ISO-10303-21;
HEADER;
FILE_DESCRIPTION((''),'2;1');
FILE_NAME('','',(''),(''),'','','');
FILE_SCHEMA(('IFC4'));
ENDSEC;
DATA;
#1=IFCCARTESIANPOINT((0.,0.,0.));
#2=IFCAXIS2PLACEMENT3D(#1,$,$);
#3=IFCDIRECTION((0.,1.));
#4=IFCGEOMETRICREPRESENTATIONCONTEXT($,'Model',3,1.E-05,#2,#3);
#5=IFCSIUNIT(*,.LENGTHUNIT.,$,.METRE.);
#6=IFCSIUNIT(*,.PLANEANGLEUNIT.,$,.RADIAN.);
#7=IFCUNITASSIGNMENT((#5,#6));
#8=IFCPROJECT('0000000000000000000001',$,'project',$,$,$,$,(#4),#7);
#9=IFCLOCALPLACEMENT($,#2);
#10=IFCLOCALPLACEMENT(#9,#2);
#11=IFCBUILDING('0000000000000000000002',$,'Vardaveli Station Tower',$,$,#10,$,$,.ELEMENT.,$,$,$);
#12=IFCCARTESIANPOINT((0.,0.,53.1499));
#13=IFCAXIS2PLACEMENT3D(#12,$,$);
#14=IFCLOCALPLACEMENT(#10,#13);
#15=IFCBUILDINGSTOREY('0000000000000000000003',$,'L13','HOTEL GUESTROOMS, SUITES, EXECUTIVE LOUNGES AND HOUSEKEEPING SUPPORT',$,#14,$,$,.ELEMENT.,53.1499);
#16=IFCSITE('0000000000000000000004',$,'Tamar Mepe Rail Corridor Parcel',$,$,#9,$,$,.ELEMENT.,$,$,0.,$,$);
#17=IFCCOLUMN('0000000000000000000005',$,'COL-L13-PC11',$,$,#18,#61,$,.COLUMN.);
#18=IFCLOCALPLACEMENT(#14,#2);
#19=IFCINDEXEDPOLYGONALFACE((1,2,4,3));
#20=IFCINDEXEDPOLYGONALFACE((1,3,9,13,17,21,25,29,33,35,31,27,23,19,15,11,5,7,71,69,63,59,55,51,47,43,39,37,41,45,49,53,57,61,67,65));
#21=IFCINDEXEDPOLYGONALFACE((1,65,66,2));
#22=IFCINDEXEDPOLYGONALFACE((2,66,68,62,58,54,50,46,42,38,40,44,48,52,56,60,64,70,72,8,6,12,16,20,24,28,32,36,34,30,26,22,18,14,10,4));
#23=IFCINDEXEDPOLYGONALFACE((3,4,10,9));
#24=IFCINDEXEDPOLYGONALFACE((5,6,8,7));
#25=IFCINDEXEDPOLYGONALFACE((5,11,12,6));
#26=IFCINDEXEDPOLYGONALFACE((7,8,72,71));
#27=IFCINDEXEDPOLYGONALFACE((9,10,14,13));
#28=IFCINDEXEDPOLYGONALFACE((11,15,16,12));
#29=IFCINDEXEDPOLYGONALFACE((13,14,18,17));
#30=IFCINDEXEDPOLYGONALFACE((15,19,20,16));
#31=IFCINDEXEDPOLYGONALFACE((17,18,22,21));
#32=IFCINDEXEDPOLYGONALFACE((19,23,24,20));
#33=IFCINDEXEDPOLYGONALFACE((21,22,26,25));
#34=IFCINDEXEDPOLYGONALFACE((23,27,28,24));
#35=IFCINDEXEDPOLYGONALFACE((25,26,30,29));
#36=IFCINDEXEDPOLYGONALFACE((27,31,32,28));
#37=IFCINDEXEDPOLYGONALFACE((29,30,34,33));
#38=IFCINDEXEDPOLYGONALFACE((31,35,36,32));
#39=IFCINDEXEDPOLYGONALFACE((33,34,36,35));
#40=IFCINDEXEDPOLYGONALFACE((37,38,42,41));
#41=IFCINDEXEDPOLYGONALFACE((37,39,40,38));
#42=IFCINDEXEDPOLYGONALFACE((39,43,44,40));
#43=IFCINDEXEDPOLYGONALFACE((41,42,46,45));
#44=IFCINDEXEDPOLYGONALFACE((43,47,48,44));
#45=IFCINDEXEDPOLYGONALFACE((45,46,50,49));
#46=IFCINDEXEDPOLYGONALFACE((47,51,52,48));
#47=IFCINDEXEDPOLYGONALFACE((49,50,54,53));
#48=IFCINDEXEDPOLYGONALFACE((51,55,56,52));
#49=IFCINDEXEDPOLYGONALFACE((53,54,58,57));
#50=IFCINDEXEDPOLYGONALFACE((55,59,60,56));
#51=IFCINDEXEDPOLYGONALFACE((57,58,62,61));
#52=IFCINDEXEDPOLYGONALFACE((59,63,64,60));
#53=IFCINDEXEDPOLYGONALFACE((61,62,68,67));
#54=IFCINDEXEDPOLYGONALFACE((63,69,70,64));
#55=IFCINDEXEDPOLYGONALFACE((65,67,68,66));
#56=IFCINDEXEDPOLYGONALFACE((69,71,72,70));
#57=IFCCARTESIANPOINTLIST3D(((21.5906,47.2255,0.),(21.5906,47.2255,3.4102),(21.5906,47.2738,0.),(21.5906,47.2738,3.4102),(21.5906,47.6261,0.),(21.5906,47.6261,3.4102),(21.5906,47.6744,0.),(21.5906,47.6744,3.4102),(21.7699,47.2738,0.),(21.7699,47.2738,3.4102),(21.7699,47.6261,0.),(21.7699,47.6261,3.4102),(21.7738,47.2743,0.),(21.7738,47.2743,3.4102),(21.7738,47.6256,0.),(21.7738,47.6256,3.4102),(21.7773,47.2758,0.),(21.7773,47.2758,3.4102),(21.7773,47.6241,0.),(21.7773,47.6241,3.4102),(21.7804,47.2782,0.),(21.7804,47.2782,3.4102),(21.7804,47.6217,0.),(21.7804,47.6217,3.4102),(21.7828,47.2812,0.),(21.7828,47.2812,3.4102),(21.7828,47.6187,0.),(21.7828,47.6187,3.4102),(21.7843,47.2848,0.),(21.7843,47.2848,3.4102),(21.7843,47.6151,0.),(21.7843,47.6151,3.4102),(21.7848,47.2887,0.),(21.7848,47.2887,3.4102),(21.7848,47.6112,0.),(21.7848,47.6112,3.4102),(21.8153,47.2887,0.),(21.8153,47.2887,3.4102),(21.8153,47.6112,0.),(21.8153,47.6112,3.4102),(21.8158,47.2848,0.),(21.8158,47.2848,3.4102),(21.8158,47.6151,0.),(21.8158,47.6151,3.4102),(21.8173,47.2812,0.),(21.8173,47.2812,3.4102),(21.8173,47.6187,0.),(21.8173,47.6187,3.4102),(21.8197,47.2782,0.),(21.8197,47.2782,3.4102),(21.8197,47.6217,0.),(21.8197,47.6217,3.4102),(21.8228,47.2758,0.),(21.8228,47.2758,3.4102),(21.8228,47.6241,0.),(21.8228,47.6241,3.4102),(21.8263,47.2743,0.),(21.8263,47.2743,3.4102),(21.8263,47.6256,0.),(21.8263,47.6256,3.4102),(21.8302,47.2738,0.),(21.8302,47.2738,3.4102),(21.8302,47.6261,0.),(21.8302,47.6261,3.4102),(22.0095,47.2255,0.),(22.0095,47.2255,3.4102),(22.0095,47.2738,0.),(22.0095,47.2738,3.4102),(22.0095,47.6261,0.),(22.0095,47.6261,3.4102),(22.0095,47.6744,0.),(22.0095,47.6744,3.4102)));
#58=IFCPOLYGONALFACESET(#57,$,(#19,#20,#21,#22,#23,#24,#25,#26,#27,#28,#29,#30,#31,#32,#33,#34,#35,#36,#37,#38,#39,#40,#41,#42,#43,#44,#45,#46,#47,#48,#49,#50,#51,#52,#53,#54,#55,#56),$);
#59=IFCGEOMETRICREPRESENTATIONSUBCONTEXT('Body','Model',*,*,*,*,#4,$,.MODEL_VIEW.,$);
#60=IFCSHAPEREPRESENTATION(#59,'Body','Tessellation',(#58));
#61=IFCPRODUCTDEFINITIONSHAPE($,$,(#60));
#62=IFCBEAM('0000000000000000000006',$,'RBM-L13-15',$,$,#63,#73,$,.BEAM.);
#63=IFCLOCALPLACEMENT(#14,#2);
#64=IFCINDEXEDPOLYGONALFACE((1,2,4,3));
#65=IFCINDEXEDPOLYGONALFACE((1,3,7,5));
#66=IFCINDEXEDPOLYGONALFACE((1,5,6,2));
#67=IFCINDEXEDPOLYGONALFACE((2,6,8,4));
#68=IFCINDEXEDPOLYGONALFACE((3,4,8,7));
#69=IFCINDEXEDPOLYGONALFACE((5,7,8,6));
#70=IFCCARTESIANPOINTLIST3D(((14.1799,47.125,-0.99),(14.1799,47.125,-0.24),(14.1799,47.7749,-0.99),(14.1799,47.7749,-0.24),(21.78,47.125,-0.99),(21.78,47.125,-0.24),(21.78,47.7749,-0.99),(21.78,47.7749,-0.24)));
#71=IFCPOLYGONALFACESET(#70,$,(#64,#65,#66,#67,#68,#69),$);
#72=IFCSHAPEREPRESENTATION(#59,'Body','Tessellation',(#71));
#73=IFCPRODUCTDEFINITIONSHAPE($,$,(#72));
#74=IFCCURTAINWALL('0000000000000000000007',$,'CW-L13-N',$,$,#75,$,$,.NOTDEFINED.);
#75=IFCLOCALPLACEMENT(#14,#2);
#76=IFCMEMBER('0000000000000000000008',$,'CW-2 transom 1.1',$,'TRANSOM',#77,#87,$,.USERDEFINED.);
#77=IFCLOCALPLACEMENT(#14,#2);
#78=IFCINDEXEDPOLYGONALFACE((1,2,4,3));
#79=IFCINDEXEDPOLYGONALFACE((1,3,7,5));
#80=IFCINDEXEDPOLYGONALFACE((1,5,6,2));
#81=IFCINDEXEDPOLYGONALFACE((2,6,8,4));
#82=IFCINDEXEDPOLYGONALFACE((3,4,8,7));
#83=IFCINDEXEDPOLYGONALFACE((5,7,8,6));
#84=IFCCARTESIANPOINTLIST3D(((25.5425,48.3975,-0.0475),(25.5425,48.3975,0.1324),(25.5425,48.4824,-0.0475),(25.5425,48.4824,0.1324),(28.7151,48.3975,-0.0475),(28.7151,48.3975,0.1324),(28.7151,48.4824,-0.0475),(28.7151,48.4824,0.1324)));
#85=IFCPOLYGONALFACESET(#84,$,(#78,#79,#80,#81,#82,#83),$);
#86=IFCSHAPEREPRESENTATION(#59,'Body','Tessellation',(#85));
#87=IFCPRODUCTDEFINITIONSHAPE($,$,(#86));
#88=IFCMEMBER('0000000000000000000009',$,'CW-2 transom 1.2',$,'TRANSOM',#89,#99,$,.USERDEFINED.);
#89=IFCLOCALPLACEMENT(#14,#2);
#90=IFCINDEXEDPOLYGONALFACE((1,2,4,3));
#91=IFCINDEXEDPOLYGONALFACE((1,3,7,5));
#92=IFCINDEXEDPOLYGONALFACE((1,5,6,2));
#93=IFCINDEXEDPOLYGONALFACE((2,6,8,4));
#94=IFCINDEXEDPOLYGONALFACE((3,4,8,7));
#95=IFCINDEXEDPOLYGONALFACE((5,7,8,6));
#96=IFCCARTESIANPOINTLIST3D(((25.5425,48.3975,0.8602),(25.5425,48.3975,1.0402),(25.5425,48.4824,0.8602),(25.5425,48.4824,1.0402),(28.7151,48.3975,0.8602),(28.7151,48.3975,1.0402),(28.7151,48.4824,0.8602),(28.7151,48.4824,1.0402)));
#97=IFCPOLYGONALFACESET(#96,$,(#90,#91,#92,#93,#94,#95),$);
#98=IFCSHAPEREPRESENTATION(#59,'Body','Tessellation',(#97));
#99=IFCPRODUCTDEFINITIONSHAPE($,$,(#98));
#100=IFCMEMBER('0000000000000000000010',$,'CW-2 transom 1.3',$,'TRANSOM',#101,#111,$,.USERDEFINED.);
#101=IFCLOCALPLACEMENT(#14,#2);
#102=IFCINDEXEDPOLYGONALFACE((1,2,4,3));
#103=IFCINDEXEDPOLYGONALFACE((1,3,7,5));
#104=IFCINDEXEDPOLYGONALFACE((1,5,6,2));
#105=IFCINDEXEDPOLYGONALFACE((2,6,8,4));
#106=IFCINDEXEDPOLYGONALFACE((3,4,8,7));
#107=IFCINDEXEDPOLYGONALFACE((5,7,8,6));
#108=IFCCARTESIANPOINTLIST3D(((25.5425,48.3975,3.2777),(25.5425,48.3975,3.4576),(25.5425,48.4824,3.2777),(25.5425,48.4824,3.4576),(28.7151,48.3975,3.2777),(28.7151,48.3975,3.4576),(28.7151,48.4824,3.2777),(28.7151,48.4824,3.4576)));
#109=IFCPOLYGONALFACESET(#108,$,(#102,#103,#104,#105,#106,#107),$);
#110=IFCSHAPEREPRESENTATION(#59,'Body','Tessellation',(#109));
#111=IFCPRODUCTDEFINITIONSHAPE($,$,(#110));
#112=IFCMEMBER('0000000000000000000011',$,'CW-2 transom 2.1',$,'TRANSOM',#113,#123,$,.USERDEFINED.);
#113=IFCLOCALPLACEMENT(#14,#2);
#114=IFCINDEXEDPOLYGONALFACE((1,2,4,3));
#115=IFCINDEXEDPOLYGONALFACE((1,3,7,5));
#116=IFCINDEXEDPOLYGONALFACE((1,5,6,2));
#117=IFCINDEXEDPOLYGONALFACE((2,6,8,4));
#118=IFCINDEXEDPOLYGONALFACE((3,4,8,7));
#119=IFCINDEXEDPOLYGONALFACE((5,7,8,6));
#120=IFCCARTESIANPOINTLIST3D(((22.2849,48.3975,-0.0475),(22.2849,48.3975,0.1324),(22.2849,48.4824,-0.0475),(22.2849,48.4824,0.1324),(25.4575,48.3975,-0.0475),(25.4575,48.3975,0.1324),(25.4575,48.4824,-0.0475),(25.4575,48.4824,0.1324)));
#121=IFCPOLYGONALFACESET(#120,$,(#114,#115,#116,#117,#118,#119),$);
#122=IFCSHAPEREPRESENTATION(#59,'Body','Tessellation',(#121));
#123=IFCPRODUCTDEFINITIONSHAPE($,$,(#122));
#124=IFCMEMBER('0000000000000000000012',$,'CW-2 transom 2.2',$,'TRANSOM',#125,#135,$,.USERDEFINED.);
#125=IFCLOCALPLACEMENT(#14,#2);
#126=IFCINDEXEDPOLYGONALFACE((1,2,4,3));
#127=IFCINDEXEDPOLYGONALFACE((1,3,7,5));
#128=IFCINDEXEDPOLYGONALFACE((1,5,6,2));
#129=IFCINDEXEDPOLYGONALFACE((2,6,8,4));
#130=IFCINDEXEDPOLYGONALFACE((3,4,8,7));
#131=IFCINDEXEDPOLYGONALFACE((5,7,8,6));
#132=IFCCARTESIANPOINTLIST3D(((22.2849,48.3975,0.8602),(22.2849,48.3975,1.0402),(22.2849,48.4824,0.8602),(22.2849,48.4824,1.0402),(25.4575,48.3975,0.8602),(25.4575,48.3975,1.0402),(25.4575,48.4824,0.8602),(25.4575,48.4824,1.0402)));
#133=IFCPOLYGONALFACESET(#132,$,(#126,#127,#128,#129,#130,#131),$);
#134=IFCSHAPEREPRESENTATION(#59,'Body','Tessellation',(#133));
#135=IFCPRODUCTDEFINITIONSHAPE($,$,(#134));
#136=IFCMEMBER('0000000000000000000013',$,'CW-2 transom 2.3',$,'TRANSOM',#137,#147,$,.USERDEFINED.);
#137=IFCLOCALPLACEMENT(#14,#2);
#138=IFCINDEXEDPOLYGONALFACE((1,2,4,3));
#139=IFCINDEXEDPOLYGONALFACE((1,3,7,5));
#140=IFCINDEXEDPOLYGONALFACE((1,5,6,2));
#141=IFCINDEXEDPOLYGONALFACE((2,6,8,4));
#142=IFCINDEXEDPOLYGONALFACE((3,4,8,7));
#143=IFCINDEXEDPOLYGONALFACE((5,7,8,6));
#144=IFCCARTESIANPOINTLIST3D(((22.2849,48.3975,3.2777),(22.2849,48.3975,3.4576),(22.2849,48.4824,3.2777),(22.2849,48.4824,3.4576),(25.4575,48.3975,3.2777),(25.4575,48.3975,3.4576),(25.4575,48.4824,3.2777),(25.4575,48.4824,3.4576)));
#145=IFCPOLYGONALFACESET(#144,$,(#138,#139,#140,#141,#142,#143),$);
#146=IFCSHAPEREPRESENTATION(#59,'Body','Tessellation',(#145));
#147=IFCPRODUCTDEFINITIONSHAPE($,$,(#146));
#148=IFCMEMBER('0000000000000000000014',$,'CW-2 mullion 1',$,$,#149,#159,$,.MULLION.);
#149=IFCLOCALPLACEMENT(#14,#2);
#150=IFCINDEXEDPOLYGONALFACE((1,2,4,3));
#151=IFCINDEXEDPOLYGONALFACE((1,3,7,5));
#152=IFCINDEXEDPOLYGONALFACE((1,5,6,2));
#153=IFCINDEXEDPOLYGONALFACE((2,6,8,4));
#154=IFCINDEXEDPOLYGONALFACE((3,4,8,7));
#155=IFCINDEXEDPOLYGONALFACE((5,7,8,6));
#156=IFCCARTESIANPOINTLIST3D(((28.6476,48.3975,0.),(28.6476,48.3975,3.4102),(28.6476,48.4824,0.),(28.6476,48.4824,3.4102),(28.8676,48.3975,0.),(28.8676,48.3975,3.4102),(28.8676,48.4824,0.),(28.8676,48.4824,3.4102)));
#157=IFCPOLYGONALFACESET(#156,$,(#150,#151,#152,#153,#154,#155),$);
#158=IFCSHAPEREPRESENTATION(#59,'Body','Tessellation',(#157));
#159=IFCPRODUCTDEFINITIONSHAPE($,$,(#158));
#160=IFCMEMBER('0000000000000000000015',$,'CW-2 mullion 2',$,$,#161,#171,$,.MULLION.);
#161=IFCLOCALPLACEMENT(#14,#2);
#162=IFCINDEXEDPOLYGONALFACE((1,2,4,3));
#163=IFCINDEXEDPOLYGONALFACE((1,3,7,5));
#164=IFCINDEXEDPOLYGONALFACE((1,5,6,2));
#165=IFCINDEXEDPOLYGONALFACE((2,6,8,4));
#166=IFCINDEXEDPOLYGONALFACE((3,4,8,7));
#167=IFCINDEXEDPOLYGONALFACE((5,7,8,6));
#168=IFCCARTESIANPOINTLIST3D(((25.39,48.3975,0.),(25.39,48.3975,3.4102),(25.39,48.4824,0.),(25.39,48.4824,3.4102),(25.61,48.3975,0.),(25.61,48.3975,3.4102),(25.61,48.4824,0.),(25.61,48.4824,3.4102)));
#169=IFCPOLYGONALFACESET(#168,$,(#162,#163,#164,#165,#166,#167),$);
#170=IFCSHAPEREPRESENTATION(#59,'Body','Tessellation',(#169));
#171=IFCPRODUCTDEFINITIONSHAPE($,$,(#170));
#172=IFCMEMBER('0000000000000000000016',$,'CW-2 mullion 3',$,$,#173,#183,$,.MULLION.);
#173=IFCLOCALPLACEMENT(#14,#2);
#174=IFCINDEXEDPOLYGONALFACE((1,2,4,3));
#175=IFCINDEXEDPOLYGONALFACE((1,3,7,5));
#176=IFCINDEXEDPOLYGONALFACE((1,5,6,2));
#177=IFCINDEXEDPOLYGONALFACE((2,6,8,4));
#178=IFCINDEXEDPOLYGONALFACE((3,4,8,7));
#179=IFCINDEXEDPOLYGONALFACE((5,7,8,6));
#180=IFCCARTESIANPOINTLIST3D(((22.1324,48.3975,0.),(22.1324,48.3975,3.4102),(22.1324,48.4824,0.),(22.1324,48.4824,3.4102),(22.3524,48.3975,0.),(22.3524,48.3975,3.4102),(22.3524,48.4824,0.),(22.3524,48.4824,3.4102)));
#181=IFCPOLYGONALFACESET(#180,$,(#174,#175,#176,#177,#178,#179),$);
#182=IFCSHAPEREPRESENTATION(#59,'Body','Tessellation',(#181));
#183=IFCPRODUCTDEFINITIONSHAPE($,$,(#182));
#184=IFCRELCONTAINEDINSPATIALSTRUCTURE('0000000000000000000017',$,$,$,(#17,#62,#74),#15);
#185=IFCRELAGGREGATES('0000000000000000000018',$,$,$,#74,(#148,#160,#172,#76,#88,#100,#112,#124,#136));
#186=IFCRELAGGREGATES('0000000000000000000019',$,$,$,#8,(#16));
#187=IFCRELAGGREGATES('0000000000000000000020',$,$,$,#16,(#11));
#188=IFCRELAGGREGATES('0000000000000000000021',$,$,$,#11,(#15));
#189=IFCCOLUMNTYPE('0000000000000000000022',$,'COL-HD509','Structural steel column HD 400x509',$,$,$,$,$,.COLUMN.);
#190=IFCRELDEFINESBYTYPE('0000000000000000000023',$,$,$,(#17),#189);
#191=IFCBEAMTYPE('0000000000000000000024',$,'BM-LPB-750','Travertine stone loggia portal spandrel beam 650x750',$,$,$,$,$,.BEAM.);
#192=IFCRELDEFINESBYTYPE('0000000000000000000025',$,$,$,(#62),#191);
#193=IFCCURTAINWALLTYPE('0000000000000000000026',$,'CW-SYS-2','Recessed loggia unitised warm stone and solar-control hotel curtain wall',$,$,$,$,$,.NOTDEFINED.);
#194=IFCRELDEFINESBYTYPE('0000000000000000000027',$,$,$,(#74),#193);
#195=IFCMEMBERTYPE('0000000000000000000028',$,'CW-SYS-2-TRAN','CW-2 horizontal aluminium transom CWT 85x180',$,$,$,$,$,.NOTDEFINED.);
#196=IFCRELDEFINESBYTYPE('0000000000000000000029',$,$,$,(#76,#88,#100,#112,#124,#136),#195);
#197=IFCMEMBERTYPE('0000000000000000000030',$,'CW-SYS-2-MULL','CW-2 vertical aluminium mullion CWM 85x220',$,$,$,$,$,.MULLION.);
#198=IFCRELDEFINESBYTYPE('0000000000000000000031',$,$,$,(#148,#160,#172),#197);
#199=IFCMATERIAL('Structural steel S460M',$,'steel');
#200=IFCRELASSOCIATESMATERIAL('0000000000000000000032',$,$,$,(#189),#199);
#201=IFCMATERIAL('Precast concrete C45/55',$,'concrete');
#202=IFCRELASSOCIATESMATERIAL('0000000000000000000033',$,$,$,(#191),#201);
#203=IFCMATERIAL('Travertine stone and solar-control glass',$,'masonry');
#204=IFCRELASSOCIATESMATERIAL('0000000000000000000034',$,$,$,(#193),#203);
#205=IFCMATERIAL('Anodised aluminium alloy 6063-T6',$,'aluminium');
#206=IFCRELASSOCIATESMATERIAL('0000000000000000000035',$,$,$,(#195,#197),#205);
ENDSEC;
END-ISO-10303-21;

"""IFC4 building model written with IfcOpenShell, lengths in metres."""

from ifc_helpers import new_model, si_unit, direction, frame, origin, origin_2d, place, context, subcontext, project, spatial, rectangle, i_section, extrude, source, transform, mapped, material, material_profile, profile_set, type_object, element, aggregate, save


model = new_model("IFC4")

# Units and contexts
model_context = context("Model", 3, precision=1e-05, world=origin(), true_north=direction((0.0, 1.0)))
body_context = subcontext(model_context, "Body", "Model", "MODEL_VIEW")
ifc_project = project(units=[si_unit("LENGTHUNIT", "METRE"), si_unit("PLANEANGLEUNIT", "RADIAN")], contexts=[model_context])

# Site, building, storey
site_placement = place(None, origin())
site = spatial("IfcSite", under=ifc_project, at=site_placement, Name="Tamar Mepe Rail Corridor Parcel", CompositionType="ELEMENT", RefElevation=0.0)
building_placement = place(site_placement, origin())
building = spatial("IfcBuilding", under=site, at=building_placement, Name="Vardaveli Station Tower", CompositionType="ELEMENT")
storey_placement = place(building_placement, frame((0.0, 0.0, 53.1499)))
storey = spatial("IfcBuildingStorey", under=building, at=storey_placement, Name="L13", Description="HOTEL GUESTROOMS, SUITES, EXECUTIVE LOUNGES AND HOUSEKEEPING SUPPORT", CompositionType="ELEMENT", Elevation=53.1499)

# Column
ifc_material_1 = material(Name="Structural steel S460M", Category="steel")
ifc_material_profile_1 = material_profile(ifc_material_1, i_section(OverallWidth=0.4189, OverallDepth=0.449, WebThickness=0.0305, FlangeThickness=0.0483, FilletRadius=0.0149, at=origin_2d()), Name="HD 400x509")
ifc_profile_set_1 = profile_set([ifc_material_profile_1], Name="Structural steel S460M")
column_type = type_object("IfcColumnType", Name="COL-HD509", Description="Structural steel column HD 400x509", PredefinedType="COLUMN", material=ifc_profile_set_1)
shared_shape_1 = source(origin(), body_context, "Body", "SweptSolid", [
    extrude(i_section(OverallWidth=0.4189, OverallDepth=0.449, WebThickness=0.0305, FlangeThickness=0.0483, FilletRadius=0.0149, at=origin_2d()), origin(), (0.0, 0.0, 1.0), 3.4102),
])
column_placement = place(storey_placement, frame((21.8, 47.45, 0.0), z_axis=(0.0, 0.0, 1.0), x_axis=(1.0, 0.0, 0.0)))
element("IfcColumn", 1, at=column_placement, inside=storey, type_object=column_type, Name="COL-L13-PC11", PredefinedType="COLUMN", context=body_context, shape_type="MappedRepresentation", body=[
    mapped(shared_shape_1, transform((0.0, 0.0, 0.0), scale=1.0)),
])

# Beam
ifc_material_2 = material(Name="Precast concrete C45/55", Category="concrete")
ifc_material_profile_2 = material_profile(ifc_material_2, rectangle(XDim=0.6499, YDim=0.75, at=origin_2d()), Name="LPB 650x750")
ifc_profile_set_2 = profile_set([ifc_material_profile_2], Name="Precast concrete C45/55")
beam_type = type_object("IfcBeamType", Name="BM-LPB-750", Description="Travertine stone loggia portal spandrel beam 650x750", PredefinedType="BEAM", material=ifc_profile_set_2)
shared_shape_2 = source(origin(), body_context, "Body", "SweptSolid", [
    extrude(rectangle(XDim=0.6499, YDim=0.75, at=origin_2d()), origin(), (0.0, 0.0, 1.0), 7.6001),
])
beam_placement = place(storey_placement, frame((21.78, 47.45, -0.615), z_axis=(-1.0, 0.0, 0.0), x_axis=(0.0, -1.0, 0.0)))
element("IfcBeam", 2, at=beam_placement, inside=storey, type_object=beam_type, Name="RBM-L13-15", PredefinedType="BEAM", context=body_context, shape_type="MappedRepresentation", body=[
    mapped(shared_shape_2, transform((0.0, 0.0, 0.0), scale=1.0)),
])

# Curtain wall, members
ifc_material_3 = material(Name="Travertine stone and solar-control glass", Category="masonry")
curtain_wall_type = type_object("IfcCurtainWallType", Name="CW-SYS-2", Description="Recessed loggia unitised warm stone and solar-control hotel curtain wall", PredefinedType="NOTDEFINED", material=ifc_material_3)
curtain_wall_placement = place(storey_placement, origin())
curtain_wall = element("IfcCurtainWall", 3, at=curtain_wall_placement, inside=storey, type_object=curtain_wall_type, Name="CW-L13-N", PredefinedType="NOTDEFINED")
ifc_material_4 = material(Name="Anodised aluminium alloy 6063-T6", Category="aluminium")
ifc_material_profile_3 = material_profile(ifc_material_4, rectangle(XDim=0.085, YDim=0.1799, at=origin_2d()), Name="CWT 85x180")
ifc_profile_set_3 = profile_set([ifc_material_profile_3], Name="Anodised aluminium alloy 6063-T6")
member_type_1 = type_object("IfcMemberType", Name="CW-SYS-2-TRAN", Description="CW-2 horizontal aluminium transom CWT 85x180", PredefinedType="NOTDEFINED", material=ifc_profile_set_3)
shared_shape_3 = source(origin(), body_context, "Body", "SweptSolid", [
    extrude(rectangle(XDim=0.085, YDim=0.1799, at=origin_2d()), origin(), (0.0, 0.0, 1.0), 3.1726),
])
member_1_placement = place(storey_placement, frame((28.7151, 48.4399, 0.0425), z_axis=(-1.0, 0.0, 0.0), x_axis=(0.0, -1.0, 0.0)))
member_1 = element("IfcMember", 4, at=member_1_placement, type_object=member_type_1, Name="CW-2 transom 1.1", ObjectType="TRANSOM", PredefinedType="USERDEFINED", context=body_context, shape_type="MappedRepresentation", body=[
    mapped(shared_shape_3, transform((0.0, 0.0, 0.0), scale=1.0)),
])
member_2_placement = place(storey_placement, frame((28.7151, 48.4399, 0.9502), z_axis=(-1.0, 0.0, 0.0), x_axis=(0.0, -1.0, 0.0)))
member_2 = element("IfcMember", 5, at=member_2_placement, type_object=member_type_1, Name="CW-2 transom 1.2", ObjectType="TRANSOM", PredefinedType="USERDEFINED", context=body_context, shape_type="MappedRepresentation", body=[
    mapped(shared_shape_3, transform((0.0, 0.0, 0.0), scale=1.0)),
])
member_3_placement = place(storey_placement, frame((28.7151, 48.4399, 3.3677), z_axis=(-1.0, 0.0, 0.0), x_axis=(0.0, -1.0, 0.0)))
member_3 = element("IfcMember", 6, at=member_3_placement, type_object=member_type_1, Name="CW-2 transom 1.3", ObjectType="TRANSOM", PredefinedType="USERDEFINED", context=body_context, shape_type="MappedRepresentation", body=[
    mapped(shared_shape_3, transform((0.0, 0.0, 0.0), scale=1.0)),
])
member_4_placement = place(storey_placement, frame((25.4575, 48.4399, 0.0425), z_axis=(-1.0, 0.0, 0.0), x_axis=(0.0, -1.0, 0.0)))
member_4 = element("IfcMember", 7, at=member_4_placement, type_object=member_type_1, Name="CW-2 transom 2.1", ObjectType="TRANSOM", PredefinedType="USERDEFINED", context=body_context, shape_type="MappedRepresentation", body=[
    mapped(shared_shape_3, transform((0.0, 0.0, 0.0), scale=1.0)),
])
member_5_placement = place(storey_placement, frame((25.4575, 48.4399, 0.9502), z_axis=(-1.0, 0.0, 0.0), x_axis=(0.0, -1.0, 0.0)))
member_5 = element("IfcMember", 8, at=member_5_placement, type_object=member_type_1, Name="CW-2 transom 2.2", ObjectType="TRANSOM", PredefinedType="USERDEFINED", context=body_context, shape_type="MappedRepresentation", body=[
    mapped(shared_shape_3, transform((0.0, 0.0, 0.0), scale=1.0)),
])
member_6_placement = place(storey_placement, frame((25.4575, 48.4399, 3.3677), z_axis=(-1.0, 0.0, 0.0), x_axis=(0.0, -1.0, 0.0)))
member_6 = element("IfcMember", 9, at=member_6_placement, type_object=member_type_1, Name="CW-2 transom 2.3", ObjectType="TRANSOM", PredefinedType="USERDEFINED", context=body_context, shape_type="MappedRepresentation", body=[
    mapped(shared_shape_3, transform((0.0, 0.0, 0.0), scale=1.0)),
])
ifc_material_profile_4 = material_profile(ifc_material_4, rectangle(XDim=0.085, YDim=0.22, at=origin_2d()), Name="CWM 85x220")
ifc_profile_set_4 = profile_set([ifc_material_profile_4], Name="Anodised aluminium alloy 6063-T6")
member_type_2 = type_object("IfcMemberType", Name="CW-SYS-2-MULL", Description="CW-2 vertical aluminium mullion CWM 85x220", PredefinedType="MULLION", material=ifc_profile_set_4)
shared_shape_4 = source(origin(), body_context, "Body", "SweptSolid", [
    extrude(rectangle(XDim=0.085, YDim=0.22, at=origin_2d()), origin(), (0.0, 0.0, 1.0), 3.4102),
])
member_7_placement = place(storey_placement, frame((28.7576, 48.4399, 0.0), z_axis=(0.0, 0.0, 1.0), x_axis=(0.0, -1.0, 0.0)))
member_7 = element("IfcMember", 10, at=member_7_placement, type_object=member_type_2, Name="CW-2 mullion 1", PredefinedType="MULLION", context=body_context, shape_type="MappedRepresentation", body=[
    mapped(shared_shape_4, transform((0.0, 0.0, 0.0), scale=1.0)),
])
member_8_placement = place(storey_placement, frame((25.5, 48.4399, 0.0), z_axis=(0.0, 0.0, 1.0), x_axis=(0.0, -1.0, 0.0)))
member_8 = element("IfcMember", 11, at=member_8_placement, type_object=member_type_2, Name="CW-2 mullion 2", PredefinedType="MULLION", context=body_context, shape_type="MappedRepresentation", body=[
    mapped(shared_shape_4, transform((0.0, 0.0, 0.0), scale=1.0)),
])
member_9_placement = place(storey_placement, frame((22.2424, 48.4399, 0.0), z_axis=(0.0, 0.0, 1.0), x_axis=(0.0, -1.0, 0.0)))
member_9 = element("IfcMember", 12, at=member_9_placement, type_object=member_type_2, Name="CW-2 mullion 3", PredefinedType="MULLION", context=body_context, shape_type="MappedRepresentation", body=[
    mapped(shared_shape_4, transform((0.0, 0.0, 0.0), scale=1.0)),
])
aggregate(curtain_wall, [member_7, member_8, member_9, member_1, member_2, member_3, member_4, member_5, member_6])

save(model, "model.ifc")
